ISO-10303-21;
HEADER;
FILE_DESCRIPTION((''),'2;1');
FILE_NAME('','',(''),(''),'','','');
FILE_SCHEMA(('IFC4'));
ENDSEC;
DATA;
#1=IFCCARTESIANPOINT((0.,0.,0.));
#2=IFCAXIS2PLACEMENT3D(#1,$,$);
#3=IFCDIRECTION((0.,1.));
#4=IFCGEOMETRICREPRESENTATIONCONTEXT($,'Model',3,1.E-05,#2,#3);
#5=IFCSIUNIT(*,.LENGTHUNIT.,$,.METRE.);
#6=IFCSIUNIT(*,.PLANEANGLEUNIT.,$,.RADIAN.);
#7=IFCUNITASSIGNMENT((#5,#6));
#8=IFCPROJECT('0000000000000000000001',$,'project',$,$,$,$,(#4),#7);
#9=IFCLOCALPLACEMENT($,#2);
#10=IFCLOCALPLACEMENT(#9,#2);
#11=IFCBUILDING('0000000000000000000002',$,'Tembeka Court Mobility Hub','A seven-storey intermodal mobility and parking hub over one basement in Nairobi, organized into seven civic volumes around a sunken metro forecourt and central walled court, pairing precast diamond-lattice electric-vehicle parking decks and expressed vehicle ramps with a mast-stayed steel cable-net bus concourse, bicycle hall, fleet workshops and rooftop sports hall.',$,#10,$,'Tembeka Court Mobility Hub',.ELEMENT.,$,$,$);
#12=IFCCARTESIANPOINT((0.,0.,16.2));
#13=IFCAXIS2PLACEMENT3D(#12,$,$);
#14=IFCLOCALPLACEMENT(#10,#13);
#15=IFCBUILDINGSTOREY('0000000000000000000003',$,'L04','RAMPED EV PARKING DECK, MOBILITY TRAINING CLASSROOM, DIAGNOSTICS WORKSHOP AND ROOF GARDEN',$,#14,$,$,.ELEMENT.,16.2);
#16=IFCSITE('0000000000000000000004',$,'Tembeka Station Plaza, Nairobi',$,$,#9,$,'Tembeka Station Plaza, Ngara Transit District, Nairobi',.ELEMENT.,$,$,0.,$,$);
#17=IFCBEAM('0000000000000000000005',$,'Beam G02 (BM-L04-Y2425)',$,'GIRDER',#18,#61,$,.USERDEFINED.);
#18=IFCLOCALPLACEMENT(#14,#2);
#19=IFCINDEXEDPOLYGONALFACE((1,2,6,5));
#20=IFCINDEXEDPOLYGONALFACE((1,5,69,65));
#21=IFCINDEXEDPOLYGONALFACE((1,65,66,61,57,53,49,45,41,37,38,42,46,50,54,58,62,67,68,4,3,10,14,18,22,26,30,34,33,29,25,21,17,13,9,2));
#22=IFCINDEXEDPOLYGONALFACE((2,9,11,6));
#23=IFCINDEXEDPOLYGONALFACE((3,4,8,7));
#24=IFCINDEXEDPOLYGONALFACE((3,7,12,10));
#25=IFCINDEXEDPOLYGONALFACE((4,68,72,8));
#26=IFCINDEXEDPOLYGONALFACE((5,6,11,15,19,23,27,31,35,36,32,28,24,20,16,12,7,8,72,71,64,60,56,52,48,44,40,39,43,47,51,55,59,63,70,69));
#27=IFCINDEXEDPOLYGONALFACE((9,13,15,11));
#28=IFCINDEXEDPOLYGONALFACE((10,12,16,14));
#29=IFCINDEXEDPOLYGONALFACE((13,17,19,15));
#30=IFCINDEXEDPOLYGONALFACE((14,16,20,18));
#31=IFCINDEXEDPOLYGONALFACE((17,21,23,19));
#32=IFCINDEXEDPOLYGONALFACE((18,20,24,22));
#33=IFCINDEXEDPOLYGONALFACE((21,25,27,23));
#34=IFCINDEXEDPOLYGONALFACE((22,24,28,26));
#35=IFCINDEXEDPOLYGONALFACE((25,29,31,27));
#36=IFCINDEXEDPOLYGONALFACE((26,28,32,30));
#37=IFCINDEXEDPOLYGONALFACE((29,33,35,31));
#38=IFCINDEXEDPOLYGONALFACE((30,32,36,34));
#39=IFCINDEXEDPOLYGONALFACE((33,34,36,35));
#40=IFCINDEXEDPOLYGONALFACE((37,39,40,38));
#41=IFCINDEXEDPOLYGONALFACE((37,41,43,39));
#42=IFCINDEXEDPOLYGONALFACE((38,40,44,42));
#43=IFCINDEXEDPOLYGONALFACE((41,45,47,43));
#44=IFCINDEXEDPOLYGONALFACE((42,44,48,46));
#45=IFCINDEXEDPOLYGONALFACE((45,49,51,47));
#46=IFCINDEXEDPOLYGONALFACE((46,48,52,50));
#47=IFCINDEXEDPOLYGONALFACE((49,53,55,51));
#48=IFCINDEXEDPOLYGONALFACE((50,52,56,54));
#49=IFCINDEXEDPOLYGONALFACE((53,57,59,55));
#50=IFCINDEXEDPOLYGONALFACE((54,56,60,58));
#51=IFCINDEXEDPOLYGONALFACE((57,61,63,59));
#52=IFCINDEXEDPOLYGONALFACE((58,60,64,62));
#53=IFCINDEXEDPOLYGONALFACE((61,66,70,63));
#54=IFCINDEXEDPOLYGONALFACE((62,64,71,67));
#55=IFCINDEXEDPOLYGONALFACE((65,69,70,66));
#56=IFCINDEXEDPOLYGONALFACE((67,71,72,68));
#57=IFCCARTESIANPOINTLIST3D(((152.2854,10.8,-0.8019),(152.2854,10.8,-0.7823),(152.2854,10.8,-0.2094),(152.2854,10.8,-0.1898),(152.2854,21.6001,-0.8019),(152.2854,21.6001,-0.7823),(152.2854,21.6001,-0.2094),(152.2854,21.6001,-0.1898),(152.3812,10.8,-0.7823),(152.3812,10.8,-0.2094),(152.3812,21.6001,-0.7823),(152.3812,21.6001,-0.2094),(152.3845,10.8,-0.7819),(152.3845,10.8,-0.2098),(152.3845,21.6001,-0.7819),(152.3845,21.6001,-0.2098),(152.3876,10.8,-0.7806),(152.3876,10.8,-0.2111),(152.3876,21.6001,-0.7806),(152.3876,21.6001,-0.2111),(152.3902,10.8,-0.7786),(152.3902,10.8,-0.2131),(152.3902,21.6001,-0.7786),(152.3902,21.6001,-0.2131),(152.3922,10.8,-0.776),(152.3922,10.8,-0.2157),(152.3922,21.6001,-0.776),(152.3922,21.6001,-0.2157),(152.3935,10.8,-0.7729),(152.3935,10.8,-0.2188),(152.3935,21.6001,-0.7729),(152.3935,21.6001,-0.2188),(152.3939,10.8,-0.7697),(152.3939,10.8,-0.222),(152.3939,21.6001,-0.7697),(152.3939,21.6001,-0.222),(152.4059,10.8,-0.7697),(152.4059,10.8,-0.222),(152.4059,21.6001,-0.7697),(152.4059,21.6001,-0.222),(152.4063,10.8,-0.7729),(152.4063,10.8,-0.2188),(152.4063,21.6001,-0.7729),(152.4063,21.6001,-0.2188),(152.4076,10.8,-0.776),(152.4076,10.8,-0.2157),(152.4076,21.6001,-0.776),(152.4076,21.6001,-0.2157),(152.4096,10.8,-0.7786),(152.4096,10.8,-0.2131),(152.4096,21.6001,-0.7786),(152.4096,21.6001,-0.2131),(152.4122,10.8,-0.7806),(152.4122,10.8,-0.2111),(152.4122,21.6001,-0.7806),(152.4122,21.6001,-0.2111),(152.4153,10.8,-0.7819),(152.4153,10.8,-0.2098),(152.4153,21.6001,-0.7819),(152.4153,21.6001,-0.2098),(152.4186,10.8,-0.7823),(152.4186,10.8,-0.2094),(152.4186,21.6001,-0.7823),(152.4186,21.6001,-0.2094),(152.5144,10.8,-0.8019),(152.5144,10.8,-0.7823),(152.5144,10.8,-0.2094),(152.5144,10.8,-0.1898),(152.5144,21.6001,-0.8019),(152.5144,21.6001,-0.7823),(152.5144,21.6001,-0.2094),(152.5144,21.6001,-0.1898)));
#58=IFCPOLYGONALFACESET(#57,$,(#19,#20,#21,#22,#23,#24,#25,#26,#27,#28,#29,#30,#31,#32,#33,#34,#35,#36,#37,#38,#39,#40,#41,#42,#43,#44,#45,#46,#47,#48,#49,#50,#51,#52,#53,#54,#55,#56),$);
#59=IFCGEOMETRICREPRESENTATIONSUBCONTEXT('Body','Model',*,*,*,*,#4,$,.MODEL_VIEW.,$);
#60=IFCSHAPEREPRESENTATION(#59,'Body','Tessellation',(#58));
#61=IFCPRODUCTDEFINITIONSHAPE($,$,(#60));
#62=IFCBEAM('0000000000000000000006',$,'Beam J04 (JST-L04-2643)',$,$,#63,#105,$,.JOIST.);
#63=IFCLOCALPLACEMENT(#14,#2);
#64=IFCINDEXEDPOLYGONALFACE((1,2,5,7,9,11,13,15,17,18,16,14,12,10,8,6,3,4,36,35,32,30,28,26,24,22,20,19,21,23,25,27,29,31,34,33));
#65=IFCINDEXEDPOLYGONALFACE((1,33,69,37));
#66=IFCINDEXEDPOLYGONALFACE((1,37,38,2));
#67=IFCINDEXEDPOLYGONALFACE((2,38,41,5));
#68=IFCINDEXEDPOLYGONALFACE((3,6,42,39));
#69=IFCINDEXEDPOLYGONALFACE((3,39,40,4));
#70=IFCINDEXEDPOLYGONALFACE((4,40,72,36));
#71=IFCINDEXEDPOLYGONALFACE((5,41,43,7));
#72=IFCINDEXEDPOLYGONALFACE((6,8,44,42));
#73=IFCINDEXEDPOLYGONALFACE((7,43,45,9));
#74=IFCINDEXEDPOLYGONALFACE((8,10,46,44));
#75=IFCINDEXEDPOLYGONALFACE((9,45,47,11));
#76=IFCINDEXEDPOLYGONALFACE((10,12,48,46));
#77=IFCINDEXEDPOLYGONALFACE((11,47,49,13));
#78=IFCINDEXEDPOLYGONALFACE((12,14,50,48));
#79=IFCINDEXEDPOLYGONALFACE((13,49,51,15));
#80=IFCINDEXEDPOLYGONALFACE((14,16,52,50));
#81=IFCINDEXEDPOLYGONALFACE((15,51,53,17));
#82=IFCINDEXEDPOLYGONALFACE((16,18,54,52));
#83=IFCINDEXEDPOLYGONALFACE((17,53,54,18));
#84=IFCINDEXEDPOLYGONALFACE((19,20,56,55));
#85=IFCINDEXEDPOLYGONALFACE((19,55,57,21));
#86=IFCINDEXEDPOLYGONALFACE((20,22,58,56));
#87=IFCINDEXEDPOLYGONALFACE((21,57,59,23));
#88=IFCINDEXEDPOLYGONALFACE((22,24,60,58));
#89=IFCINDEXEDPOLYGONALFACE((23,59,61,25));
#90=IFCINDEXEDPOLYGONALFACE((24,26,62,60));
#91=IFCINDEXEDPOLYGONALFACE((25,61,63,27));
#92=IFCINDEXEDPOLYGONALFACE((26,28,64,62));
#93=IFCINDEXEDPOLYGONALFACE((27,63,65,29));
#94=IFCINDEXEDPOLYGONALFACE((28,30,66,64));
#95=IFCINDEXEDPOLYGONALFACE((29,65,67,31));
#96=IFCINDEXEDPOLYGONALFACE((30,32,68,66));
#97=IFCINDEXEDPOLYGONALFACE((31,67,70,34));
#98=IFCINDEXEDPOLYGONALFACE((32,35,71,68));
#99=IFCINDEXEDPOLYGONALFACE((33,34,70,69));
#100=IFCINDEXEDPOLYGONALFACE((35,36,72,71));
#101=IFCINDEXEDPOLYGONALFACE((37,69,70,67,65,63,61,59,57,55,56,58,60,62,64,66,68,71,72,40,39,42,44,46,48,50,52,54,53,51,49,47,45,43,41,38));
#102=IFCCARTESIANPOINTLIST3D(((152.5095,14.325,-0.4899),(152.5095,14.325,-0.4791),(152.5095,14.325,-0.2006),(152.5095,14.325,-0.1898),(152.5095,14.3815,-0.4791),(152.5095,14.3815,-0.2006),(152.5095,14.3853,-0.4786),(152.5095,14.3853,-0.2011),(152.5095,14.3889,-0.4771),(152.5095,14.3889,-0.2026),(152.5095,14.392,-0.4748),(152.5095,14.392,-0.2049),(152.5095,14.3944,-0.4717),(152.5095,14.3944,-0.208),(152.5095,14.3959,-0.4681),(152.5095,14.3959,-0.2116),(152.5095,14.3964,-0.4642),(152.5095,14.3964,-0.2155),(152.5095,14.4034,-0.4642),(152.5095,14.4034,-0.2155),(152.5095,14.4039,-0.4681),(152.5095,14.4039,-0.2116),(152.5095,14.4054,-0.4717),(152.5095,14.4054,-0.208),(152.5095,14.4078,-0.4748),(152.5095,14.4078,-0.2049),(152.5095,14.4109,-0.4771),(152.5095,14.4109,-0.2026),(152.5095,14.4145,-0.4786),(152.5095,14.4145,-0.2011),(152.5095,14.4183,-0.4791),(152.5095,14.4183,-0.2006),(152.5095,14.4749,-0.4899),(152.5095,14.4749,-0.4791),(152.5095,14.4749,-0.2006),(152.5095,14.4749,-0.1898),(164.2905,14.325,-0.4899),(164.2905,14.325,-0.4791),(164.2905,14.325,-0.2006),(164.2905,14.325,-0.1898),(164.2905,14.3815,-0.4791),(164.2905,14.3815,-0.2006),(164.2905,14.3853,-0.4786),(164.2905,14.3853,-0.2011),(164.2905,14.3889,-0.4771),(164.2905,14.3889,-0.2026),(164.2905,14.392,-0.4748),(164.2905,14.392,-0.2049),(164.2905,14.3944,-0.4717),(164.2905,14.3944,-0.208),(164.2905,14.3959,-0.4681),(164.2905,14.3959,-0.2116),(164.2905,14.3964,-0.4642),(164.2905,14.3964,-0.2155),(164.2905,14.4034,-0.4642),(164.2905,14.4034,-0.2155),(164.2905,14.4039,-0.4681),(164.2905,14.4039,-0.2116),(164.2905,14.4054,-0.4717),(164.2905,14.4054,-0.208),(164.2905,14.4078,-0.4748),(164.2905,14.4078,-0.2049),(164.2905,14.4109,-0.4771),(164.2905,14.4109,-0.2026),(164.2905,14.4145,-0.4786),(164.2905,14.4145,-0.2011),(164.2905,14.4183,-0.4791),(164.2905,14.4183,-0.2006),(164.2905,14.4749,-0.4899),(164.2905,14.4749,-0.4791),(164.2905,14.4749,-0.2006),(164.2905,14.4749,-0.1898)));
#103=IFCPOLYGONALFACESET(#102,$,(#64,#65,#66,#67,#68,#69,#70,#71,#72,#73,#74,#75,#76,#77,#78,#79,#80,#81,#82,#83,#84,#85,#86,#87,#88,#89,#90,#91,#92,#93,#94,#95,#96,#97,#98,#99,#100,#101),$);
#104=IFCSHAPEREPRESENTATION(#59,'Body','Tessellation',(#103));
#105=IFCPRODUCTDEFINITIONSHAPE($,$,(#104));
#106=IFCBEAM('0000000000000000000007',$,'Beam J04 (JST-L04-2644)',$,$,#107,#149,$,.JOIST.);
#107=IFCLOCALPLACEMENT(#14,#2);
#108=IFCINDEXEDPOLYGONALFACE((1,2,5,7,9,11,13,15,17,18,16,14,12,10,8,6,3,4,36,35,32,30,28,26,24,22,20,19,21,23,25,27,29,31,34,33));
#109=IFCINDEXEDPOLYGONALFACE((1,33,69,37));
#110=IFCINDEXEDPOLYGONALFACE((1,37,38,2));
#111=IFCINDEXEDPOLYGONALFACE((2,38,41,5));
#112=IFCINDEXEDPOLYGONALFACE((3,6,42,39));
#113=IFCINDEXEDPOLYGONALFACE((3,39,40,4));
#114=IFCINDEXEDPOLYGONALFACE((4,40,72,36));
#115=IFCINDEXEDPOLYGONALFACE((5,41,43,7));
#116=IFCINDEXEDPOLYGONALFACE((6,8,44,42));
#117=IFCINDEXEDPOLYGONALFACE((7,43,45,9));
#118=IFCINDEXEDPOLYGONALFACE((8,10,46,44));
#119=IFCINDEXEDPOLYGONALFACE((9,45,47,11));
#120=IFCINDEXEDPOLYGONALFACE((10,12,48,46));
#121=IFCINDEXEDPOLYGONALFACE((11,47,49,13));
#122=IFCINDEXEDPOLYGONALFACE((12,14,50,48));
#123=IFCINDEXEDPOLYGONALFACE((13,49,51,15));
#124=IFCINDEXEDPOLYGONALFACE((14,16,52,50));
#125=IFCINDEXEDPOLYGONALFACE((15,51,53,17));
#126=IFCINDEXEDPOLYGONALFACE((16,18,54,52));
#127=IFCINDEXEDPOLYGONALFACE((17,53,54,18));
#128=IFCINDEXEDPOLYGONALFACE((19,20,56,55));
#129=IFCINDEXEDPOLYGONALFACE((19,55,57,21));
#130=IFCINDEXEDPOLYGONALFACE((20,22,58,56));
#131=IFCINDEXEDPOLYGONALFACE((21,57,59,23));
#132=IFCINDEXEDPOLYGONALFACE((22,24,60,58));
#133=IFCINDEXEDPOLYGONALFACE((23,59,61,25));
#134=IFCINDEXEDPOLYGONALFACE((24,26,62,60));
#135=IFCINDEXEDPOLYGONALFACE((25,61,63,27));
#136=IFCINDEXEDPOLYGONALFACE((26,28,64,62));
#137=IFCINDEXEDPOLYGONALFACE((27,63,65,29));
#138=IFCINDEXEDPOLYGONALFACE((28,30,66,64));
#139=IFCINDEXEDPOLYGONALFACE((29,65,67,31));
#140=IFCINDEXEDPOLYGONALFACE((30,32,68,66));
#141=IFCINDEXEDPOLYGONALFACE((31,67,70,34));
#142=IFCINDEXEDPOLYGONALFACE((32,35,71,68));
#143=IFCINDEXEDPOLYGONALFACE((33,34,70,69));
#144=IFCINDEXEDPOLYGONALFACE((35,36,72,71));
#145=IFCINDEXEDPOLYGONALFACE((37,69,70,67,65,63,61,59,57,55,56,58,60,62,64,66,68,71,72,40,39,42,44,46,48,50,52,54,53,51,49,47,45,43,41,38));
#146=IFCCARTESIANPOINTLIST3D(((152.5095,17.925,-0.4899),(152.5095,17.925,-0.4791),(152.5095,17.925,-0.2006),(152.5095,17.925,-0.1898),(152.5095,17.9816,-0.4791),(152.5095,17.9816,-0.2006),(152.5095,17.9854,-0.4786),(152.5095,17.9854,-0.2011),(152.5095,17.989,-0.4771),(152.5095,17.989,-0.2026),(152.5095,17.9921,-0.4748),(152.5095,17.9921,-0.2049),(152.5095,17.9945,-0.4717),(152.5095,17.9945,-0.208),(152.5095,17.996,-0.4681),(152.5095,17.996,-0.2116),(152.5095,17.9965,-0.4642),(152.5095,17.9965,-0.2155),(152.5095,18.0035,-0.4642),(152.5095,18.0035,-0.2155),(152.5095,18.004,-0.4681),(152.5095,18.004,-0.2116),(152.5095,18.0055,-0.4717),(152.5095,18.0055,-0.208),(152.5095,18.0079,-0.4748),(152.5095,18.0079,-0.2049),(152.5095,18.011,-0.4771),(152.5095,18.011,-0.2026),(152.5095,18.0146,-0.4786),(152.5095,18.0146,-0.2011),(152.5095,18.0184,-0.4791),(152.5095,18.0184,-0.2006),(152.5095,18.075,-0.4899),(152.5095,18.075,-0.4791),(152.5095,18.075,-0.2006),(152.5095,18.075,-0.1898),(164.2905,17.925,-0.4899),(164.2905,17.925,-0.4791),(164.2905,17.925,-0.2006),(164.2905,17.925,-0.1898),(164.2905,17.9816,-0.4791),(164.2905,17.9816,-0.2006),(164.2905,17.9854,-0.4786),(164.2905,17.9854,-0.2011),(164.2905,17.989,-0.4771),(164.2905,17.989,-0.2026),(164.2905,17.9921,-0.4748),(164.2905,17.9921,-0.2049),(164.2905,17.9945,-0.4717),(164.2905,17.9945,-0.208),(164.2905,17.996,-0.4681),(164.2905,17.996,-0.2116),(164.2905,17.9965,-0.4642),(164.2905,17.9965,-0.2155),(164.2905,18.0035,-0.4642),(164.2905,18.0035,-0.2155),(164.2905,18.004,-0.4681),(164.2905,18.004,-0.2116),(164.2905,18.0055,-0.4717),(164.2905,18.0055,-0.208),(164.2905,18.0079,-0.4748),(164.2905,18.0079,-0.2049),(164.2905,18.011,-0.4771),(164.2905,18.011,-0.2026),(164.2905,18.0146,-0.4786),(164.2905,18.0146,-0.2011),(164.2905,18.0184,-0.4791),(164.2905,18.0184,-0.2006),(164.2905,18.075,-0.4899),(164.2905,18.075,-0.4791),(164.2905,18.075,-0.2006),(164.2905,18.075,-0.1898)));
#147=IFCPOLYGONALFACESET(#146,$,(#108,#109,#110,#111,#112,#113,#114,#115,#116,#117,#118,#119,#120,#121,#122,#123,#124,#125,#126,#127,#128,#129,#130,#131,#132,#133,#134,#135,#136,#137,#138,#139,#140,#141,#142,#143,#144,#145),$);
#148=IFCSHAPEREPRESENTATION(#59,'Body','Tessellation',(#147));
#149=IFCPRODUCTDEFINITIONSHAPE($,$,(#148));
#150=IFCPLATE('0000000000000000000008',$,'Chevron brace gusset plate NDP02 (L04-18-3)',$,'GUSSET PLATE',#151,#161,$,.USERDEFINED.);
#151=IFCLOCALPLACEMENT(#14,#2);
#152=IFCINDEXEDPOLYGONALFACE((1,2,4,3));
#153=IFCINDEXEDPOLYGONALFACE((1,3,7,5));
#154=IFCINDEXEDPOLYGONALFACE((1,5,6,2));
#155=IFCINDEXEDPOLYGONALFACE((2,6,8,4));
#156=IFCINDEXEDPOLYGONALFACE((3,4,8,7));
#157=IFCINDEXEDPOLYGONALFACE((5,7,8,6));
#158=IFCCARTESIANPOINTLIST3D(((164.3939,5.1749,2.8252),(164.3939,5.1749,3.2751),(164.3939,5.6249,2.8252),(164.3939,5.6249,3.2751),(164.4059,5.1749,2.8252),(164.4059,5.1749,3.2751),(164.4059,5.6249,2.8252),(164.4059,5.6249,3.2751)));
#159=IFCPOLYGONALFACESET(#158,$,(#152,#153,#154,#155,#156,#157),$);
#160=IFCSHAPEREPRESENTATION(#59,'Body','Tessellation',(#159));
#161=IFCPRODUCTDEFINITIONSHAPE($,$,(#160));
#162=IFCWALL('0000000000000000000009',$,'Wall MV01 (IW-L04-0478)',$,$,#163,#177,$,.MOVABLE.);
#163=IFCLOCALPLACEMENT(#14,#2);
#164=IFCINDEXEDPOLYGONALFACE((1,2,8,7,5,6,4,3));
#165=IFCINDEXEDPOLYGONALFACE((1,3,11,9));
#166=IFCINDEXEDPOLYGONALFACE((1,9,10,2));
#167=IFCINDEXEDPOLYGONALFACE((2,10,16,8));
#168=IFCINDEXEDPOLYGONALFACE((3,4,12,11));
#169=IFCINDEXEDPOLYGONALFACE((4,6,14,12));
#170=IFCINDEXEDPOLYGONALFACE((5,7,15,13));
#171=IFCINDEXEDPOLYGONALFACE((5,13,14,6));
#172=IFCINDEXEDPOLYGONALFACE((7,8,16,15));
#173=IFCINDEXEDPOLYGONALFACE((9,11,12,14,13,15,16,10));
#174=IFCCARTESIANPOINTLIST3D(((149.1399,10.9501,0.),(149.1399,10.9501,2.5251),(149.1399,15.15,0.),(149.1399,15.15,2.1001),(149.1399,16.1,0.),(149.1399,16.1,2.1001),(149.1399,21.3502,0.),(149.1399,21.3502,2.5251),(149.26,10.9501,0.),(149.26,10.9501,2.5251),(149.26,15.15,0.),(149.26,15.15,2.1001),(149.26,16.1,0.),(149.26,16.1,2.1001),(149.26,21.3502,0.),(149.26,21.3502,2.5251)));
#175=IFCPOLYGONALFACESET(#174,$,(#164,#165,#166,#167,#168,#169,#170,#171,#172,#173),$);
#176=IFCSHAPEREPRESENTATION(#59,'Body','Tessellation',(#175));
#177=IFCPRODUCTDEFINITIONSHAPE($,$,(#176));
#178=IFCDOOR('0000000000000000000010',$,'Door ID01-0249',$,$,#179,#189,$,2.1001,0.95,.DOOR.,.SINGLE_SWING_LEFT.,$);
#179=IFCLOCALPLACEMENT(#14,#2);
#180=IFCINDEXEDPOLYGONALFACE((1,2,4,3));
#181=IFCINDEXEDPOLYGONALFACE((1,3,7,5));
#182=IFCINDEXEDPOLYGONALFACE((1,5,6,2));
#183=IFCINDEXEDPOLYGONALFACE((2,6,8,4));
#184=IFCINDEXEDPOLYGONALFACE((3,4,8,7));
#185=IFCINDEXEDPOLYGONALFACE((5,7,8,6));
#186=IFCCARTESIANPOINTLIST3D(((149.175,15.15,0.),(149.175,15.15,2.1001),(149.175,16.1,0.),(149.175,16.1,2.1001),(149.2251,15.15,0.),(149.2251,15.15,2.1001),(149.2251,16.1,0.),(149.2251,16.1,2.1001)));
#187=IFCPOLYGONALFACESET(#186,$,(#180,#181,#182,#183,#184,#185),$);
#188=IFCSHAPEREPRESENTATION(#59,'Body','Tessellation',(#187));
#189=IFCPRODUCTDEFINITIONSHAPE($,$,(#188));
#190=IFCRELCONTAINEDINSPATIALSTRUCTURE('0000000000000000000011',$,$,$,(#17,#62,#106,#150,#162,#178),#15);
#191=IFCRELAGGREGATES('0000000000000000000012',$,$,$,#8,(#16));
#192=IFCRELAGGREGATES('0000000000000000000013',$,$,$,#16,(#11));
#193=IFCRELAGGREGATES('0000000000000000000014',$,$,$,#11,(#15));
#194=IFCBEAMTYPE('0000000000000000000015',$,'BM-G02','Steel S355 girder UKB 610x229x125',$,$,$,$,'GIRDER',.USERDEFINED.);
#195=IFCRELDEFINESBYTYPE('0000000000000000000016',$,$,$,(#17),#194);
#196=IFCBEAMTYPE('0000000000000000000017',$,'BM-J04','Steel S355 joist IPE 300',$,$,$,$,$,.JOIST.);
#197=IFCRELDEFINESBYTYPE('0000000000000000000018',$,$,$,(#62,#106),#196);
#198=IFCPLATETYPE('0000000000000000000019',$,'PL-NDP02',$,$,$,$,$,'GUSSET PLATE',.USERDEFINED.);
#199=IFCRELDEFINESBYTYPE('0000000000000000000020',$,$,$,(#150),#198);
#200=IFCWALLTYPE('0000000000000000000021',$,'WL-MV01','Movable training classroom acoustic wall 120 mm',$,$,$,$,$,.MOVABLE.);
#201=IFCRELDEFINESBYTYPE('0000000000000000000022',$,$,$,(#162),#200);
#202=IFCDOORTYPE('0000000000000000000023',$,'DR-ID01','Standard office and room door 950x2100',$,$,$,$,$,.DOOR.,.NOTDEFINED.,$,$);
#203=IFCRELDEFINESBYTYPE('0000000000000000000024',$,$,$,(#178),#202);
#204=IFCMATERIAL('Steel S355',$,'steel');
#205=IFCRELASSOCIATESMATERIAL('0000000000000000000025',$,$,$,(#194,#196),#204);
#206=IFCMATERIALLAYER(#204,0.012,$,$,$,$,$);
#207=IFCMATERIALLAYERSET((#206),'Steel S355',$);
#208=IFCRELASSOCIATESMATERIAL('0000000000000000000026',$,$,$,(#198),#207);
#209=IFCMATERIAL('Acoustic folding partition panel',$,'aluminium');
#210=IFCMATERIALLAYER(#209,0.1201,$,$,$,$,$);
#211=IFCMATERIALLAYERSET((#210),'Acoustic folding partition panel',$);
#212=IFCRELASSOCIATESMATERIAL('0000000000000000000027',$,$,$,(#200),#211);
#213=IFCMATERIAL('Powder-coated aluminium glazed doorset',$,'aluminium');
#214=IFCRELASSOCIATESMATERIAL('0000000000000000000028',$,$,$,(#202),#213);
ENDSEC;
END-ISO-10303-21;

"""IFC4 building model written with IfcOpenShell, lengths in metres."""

from ifc_helpers import new_model, si_unit, direction, frame, frame_2d, origin, origin_2d, place, context, subcontext, project, spatial, rectangle, i_section, extrude, material, layer, layer_set, material_profile, profile_set, type_object, element, fill, save


model = new_model("IFC4")

# Units and contexts
model_context = context("Model", 3, precision=1e-05, world=origin(), true_north=direction((0.0, 1.0)))
body_context = subcontext(model_context, "Body", "Model", "MODEL_VIEW")
ifc_project = project(units=[si_unit("LENGTHUNIT", "METRE"), si_unit("PLANEANGLEUNIT", "RADIAN")], contexts=[model_context])

# Site, building, storey
site_placement = place(None, origin())
site = spatial("IfcSite", under=ifc_project, at=site_placement, Name="Tembeka Station Plaza, Nairobi", LongName="Tembeka Station Plaza, Ngara Transit District, Nairobi", CompositionType="ELEMENT", RefElevation=0.0)
building_placement = place(site_placement, origin())
building = spatial("IfcBuilding", under=site, at=building_placement, Name="Tembeka Court Mobility Hub", Description="A seven-storey intermodal mobility and parking hub over one basement in Nairobi, organized into seven civic volumes around a sunken metro forecourt and central walled court, pairing precast diamond-lattice electric-vehicle parking decks and expressed vehicle ramps with a mast-stayed steel cable-net bus concourse, bicycle hall, fleet workshops and rooftop sports hall.", LongName="Tembeka Court Mobility Hub", CompositionType="ELEMENT")
storey_placement = place(building_placement, frame((0.0, 0.0, 16.2)))
storey = spatial("IfcBuildingStorey", under=building, at=storey_placement, Name="L04", Description="RAMPED EV PARKING DECK, MOBILITY TRAINING CLASSROOM, DIAGNOSTICS WORKSHOP AND ROOF GARDEN", CompositionType="ELEMENT", Elevation=16.2)

# Shared definitions
ifc_material_1 = material(Name="Steel S355", Category="steel")

# Beams
ifc_material_profile_1 = material_profile(ifc_material_1, i_section(OverallWidth=0.229, OverallDepth=0.6121, WebThickness=0.012, FlangeThickness=0.0195, FilletRadius=0.0127, at=origin_2d()), Name="UKB 610x229x125")
ifc_profile_set_1 = profile_set([ifc_material_profile_1], Name="Steel S355")
beam_type_1 = type_object("IfcBeamType", Name="BM-G02", Description="Steel S355 girder UKB 610x229x125", ElementType="GIRDER", PredefinedType="USERDEFINED", material=ifc_profile_set_1)
beam_placement = place(storey_placement, frame((152.3999, 10.8, -0.4958), z_axis=(0.0, 1.0, 0.0), x_axis=(-1.0, 0.0, 0.0)))
element("IfcBeam", 1, at=beam_placement, inside=storey, type_object=beam_type_1, Name="Beam G02 (BM-L04-Y2425)", ObjectType="GIRDER", PredefinedType="USERDEFINED", context=body_context, shape_type="SweptSolid", body=[
    extrude(i_section(OverallWidth=0.229, OverallDepth=0.6121, WebThickness=0.012, FlangeThickness=0.0195, FilletRadius=0.0127, at=origin_2d()), origin(), (0.0, 0.0, 1.0), 10.8),
])
ifc_material_profile_2 = material_profile(ifc_material_1, i_section(OverallWidth=0.1499, OverallDepth=0.3, WebThickness=0.0071, FlangeThickness=0.0107, FilletRadius=0.0149, at=origin_2d()), Name="IPE 300")
ifc_profile_set_2 = profile_set([ifc_material_profile_2], Name="Steel S355")
beam_type_2 = type_object("IfcBeamType", Name="BM-J04", Description="Steel S355 joist IPE 300", PredefinedType="JOIST", material=ifc_profile_set_2)
for number, where, z_axis, x_axis, name in (
    (2, (152.5095, 14.3999, -0.3398), (1.0, 0.0, 0.0), (0.0, 1.0, 0.0), "Beam J04 (JST-L04-2643)"),
    (3, (152.5095, 18.0, -0.3398), (1.0, 0.0, 0.0), (0.0, 1.0, 0.0), "Beam J04 (JST-L04-2644)"),
):
    element("IfcBeam", number, at=place(storey_placement, frame(where, z_axis=z_axis, x_axis=x_axis)), inside=storey, type_object=beam_type_2, Name=name, PredefinedType="JOIST", context=body_context, shape_type="SweptSolid", body=[
        extrude(i_section(OverallWidth=0.1499, OverallDepth=0.3, WebThickness=0.0071, FlangeThickness=0.0107, FilletRadius=0.0149, at=origin_2d()), origin(), (0.0, 0.0, 1.0), 11.781),
    ])

# Plate
ifc_layer_1 = layer(ifc_material_1, 0.012)
ifc_layer_set_1 = layer_set([ifc_layer_1], Name="Steel S355")
plate_type = type_object("IfcPlateType", Name="PL-NDP02", ElementType="GUSSET PLATE", PredefinedType="USERDEFINED", material=ifc_layer_set_1)
plate_placement = place(storey_placement, frame((164.3999, 5.3999, 2.8252), z_axis=(0.0, 0.0, 1.0), x_axis=(1.0, 0.0, 0.0)))
element("IfcPlate", 4, at=plate_placement, inside=storey, type_object=plate_type, Name="Chevron brace gusset plate NDP02 (L04-18-3)", ObjectType="GUSSET PLATE", PredefinedType="USERDEFINED", context=body_context, shape_type="SweptSolid", body=[
    extrude(rectangle(XDim=0.012, YDim=0.45, at=origin_2d()), origin(), (0.0, 0.0, 1.0), 0.45),
])

# Wall, opening, door
ifc_material_2 = material(Name="Acoustic folding partition panel", Category="aluminium")
ifc_layer_2 = layer(ifc_material_2, 0.1201)
ifc_layer_set_2 = layer_set([ifc_layer_2], Name="Acoustic folding partition panel")
wall_type_1 = type_object("IfcWallType", Name="WL-MV01", Description="Movable training classroom acoustic wall 120 mm", PredefinedType="MOVABLE", material=ifc_layer_set_2)
wall_1_placement = place(storey_placement, frame((149.2, 10.95, 0.0), z_axis=(0.0, 0.0, 1.0), x_axis=(0.0, 1.0, 0.0)))
wall_1 = element("IfcWall", 5, at=wall_1_placement, inside=storey, type_object=wall_type_1, Name="Wall MV01 (IW-L04-0478)", PredefinedType="MOVABLE", context=body_context, shape_type="SweptSolid", body=[
    extrude(rectangle(XDim=10.4001, YDim=0.1201, at=frame_2d((5.2002, 0.0))), origin(), (0.0, 0.0, 1.0), 2.5251),
])
opening_1_placement = place(wall_1_placement, frame((4.2, 0.0, 0.0)))
opening_1 = element("IfcOpeningElement", 6, at=opening_1_placement, cuts=wall_1, PredefinedType="OPENING", context=body_context, shape_type="SweptSolid", body=[
    extrude(rectangle(XDim=0.95, YDim=2.1001, at=frame_2d((0.4751, 1.05))), frame((0.0, 0.0701, 0.0), z_axis=(0.0, -1.0, 0.0), x_axis=(1.0, 0.0, 0.0)), (0.0, 0.0, 1.0), 0.1401),
])
ifc_material_3 = material(Name="Powder-coated aluminium glazed doorset", Category="aluminium")
door_type_1 = type_object("IfcDoorType", Name="DR-ID01", Description="Standard office and room door 950x2100", OperationType="NOTDEFINED", PredefinedType="DOOR", material=ifc_material_3)
door_1_placement = place(opening_1_placement, origin())
door_1 = element("IfcDoor", 7, at=door_1_placement, inside=storey, type_object=door_type_1, Name="Door ID01-0249", OperationType="SINGLE_SWING_LEFT", OverallHeight=2.1001, OverallWidth=0.95, PredefinedType="DOOR", context=body_context, shape_type="SweptSolid", body=[
    extrude(rectangle(XDim=0.95, YDim=2.1001, at=frame_2d((0.4751, 1.05))), frame((0.0, 0.0249, 0.0), z_axis=(0.0, -1.0, 0.0), x_axis=(1.0, 0.0, 0.0)), (0.0, 0.0, 1.0), 0.05),
])
fill(opening_1, door_1)

save(model, "model.ifc")
